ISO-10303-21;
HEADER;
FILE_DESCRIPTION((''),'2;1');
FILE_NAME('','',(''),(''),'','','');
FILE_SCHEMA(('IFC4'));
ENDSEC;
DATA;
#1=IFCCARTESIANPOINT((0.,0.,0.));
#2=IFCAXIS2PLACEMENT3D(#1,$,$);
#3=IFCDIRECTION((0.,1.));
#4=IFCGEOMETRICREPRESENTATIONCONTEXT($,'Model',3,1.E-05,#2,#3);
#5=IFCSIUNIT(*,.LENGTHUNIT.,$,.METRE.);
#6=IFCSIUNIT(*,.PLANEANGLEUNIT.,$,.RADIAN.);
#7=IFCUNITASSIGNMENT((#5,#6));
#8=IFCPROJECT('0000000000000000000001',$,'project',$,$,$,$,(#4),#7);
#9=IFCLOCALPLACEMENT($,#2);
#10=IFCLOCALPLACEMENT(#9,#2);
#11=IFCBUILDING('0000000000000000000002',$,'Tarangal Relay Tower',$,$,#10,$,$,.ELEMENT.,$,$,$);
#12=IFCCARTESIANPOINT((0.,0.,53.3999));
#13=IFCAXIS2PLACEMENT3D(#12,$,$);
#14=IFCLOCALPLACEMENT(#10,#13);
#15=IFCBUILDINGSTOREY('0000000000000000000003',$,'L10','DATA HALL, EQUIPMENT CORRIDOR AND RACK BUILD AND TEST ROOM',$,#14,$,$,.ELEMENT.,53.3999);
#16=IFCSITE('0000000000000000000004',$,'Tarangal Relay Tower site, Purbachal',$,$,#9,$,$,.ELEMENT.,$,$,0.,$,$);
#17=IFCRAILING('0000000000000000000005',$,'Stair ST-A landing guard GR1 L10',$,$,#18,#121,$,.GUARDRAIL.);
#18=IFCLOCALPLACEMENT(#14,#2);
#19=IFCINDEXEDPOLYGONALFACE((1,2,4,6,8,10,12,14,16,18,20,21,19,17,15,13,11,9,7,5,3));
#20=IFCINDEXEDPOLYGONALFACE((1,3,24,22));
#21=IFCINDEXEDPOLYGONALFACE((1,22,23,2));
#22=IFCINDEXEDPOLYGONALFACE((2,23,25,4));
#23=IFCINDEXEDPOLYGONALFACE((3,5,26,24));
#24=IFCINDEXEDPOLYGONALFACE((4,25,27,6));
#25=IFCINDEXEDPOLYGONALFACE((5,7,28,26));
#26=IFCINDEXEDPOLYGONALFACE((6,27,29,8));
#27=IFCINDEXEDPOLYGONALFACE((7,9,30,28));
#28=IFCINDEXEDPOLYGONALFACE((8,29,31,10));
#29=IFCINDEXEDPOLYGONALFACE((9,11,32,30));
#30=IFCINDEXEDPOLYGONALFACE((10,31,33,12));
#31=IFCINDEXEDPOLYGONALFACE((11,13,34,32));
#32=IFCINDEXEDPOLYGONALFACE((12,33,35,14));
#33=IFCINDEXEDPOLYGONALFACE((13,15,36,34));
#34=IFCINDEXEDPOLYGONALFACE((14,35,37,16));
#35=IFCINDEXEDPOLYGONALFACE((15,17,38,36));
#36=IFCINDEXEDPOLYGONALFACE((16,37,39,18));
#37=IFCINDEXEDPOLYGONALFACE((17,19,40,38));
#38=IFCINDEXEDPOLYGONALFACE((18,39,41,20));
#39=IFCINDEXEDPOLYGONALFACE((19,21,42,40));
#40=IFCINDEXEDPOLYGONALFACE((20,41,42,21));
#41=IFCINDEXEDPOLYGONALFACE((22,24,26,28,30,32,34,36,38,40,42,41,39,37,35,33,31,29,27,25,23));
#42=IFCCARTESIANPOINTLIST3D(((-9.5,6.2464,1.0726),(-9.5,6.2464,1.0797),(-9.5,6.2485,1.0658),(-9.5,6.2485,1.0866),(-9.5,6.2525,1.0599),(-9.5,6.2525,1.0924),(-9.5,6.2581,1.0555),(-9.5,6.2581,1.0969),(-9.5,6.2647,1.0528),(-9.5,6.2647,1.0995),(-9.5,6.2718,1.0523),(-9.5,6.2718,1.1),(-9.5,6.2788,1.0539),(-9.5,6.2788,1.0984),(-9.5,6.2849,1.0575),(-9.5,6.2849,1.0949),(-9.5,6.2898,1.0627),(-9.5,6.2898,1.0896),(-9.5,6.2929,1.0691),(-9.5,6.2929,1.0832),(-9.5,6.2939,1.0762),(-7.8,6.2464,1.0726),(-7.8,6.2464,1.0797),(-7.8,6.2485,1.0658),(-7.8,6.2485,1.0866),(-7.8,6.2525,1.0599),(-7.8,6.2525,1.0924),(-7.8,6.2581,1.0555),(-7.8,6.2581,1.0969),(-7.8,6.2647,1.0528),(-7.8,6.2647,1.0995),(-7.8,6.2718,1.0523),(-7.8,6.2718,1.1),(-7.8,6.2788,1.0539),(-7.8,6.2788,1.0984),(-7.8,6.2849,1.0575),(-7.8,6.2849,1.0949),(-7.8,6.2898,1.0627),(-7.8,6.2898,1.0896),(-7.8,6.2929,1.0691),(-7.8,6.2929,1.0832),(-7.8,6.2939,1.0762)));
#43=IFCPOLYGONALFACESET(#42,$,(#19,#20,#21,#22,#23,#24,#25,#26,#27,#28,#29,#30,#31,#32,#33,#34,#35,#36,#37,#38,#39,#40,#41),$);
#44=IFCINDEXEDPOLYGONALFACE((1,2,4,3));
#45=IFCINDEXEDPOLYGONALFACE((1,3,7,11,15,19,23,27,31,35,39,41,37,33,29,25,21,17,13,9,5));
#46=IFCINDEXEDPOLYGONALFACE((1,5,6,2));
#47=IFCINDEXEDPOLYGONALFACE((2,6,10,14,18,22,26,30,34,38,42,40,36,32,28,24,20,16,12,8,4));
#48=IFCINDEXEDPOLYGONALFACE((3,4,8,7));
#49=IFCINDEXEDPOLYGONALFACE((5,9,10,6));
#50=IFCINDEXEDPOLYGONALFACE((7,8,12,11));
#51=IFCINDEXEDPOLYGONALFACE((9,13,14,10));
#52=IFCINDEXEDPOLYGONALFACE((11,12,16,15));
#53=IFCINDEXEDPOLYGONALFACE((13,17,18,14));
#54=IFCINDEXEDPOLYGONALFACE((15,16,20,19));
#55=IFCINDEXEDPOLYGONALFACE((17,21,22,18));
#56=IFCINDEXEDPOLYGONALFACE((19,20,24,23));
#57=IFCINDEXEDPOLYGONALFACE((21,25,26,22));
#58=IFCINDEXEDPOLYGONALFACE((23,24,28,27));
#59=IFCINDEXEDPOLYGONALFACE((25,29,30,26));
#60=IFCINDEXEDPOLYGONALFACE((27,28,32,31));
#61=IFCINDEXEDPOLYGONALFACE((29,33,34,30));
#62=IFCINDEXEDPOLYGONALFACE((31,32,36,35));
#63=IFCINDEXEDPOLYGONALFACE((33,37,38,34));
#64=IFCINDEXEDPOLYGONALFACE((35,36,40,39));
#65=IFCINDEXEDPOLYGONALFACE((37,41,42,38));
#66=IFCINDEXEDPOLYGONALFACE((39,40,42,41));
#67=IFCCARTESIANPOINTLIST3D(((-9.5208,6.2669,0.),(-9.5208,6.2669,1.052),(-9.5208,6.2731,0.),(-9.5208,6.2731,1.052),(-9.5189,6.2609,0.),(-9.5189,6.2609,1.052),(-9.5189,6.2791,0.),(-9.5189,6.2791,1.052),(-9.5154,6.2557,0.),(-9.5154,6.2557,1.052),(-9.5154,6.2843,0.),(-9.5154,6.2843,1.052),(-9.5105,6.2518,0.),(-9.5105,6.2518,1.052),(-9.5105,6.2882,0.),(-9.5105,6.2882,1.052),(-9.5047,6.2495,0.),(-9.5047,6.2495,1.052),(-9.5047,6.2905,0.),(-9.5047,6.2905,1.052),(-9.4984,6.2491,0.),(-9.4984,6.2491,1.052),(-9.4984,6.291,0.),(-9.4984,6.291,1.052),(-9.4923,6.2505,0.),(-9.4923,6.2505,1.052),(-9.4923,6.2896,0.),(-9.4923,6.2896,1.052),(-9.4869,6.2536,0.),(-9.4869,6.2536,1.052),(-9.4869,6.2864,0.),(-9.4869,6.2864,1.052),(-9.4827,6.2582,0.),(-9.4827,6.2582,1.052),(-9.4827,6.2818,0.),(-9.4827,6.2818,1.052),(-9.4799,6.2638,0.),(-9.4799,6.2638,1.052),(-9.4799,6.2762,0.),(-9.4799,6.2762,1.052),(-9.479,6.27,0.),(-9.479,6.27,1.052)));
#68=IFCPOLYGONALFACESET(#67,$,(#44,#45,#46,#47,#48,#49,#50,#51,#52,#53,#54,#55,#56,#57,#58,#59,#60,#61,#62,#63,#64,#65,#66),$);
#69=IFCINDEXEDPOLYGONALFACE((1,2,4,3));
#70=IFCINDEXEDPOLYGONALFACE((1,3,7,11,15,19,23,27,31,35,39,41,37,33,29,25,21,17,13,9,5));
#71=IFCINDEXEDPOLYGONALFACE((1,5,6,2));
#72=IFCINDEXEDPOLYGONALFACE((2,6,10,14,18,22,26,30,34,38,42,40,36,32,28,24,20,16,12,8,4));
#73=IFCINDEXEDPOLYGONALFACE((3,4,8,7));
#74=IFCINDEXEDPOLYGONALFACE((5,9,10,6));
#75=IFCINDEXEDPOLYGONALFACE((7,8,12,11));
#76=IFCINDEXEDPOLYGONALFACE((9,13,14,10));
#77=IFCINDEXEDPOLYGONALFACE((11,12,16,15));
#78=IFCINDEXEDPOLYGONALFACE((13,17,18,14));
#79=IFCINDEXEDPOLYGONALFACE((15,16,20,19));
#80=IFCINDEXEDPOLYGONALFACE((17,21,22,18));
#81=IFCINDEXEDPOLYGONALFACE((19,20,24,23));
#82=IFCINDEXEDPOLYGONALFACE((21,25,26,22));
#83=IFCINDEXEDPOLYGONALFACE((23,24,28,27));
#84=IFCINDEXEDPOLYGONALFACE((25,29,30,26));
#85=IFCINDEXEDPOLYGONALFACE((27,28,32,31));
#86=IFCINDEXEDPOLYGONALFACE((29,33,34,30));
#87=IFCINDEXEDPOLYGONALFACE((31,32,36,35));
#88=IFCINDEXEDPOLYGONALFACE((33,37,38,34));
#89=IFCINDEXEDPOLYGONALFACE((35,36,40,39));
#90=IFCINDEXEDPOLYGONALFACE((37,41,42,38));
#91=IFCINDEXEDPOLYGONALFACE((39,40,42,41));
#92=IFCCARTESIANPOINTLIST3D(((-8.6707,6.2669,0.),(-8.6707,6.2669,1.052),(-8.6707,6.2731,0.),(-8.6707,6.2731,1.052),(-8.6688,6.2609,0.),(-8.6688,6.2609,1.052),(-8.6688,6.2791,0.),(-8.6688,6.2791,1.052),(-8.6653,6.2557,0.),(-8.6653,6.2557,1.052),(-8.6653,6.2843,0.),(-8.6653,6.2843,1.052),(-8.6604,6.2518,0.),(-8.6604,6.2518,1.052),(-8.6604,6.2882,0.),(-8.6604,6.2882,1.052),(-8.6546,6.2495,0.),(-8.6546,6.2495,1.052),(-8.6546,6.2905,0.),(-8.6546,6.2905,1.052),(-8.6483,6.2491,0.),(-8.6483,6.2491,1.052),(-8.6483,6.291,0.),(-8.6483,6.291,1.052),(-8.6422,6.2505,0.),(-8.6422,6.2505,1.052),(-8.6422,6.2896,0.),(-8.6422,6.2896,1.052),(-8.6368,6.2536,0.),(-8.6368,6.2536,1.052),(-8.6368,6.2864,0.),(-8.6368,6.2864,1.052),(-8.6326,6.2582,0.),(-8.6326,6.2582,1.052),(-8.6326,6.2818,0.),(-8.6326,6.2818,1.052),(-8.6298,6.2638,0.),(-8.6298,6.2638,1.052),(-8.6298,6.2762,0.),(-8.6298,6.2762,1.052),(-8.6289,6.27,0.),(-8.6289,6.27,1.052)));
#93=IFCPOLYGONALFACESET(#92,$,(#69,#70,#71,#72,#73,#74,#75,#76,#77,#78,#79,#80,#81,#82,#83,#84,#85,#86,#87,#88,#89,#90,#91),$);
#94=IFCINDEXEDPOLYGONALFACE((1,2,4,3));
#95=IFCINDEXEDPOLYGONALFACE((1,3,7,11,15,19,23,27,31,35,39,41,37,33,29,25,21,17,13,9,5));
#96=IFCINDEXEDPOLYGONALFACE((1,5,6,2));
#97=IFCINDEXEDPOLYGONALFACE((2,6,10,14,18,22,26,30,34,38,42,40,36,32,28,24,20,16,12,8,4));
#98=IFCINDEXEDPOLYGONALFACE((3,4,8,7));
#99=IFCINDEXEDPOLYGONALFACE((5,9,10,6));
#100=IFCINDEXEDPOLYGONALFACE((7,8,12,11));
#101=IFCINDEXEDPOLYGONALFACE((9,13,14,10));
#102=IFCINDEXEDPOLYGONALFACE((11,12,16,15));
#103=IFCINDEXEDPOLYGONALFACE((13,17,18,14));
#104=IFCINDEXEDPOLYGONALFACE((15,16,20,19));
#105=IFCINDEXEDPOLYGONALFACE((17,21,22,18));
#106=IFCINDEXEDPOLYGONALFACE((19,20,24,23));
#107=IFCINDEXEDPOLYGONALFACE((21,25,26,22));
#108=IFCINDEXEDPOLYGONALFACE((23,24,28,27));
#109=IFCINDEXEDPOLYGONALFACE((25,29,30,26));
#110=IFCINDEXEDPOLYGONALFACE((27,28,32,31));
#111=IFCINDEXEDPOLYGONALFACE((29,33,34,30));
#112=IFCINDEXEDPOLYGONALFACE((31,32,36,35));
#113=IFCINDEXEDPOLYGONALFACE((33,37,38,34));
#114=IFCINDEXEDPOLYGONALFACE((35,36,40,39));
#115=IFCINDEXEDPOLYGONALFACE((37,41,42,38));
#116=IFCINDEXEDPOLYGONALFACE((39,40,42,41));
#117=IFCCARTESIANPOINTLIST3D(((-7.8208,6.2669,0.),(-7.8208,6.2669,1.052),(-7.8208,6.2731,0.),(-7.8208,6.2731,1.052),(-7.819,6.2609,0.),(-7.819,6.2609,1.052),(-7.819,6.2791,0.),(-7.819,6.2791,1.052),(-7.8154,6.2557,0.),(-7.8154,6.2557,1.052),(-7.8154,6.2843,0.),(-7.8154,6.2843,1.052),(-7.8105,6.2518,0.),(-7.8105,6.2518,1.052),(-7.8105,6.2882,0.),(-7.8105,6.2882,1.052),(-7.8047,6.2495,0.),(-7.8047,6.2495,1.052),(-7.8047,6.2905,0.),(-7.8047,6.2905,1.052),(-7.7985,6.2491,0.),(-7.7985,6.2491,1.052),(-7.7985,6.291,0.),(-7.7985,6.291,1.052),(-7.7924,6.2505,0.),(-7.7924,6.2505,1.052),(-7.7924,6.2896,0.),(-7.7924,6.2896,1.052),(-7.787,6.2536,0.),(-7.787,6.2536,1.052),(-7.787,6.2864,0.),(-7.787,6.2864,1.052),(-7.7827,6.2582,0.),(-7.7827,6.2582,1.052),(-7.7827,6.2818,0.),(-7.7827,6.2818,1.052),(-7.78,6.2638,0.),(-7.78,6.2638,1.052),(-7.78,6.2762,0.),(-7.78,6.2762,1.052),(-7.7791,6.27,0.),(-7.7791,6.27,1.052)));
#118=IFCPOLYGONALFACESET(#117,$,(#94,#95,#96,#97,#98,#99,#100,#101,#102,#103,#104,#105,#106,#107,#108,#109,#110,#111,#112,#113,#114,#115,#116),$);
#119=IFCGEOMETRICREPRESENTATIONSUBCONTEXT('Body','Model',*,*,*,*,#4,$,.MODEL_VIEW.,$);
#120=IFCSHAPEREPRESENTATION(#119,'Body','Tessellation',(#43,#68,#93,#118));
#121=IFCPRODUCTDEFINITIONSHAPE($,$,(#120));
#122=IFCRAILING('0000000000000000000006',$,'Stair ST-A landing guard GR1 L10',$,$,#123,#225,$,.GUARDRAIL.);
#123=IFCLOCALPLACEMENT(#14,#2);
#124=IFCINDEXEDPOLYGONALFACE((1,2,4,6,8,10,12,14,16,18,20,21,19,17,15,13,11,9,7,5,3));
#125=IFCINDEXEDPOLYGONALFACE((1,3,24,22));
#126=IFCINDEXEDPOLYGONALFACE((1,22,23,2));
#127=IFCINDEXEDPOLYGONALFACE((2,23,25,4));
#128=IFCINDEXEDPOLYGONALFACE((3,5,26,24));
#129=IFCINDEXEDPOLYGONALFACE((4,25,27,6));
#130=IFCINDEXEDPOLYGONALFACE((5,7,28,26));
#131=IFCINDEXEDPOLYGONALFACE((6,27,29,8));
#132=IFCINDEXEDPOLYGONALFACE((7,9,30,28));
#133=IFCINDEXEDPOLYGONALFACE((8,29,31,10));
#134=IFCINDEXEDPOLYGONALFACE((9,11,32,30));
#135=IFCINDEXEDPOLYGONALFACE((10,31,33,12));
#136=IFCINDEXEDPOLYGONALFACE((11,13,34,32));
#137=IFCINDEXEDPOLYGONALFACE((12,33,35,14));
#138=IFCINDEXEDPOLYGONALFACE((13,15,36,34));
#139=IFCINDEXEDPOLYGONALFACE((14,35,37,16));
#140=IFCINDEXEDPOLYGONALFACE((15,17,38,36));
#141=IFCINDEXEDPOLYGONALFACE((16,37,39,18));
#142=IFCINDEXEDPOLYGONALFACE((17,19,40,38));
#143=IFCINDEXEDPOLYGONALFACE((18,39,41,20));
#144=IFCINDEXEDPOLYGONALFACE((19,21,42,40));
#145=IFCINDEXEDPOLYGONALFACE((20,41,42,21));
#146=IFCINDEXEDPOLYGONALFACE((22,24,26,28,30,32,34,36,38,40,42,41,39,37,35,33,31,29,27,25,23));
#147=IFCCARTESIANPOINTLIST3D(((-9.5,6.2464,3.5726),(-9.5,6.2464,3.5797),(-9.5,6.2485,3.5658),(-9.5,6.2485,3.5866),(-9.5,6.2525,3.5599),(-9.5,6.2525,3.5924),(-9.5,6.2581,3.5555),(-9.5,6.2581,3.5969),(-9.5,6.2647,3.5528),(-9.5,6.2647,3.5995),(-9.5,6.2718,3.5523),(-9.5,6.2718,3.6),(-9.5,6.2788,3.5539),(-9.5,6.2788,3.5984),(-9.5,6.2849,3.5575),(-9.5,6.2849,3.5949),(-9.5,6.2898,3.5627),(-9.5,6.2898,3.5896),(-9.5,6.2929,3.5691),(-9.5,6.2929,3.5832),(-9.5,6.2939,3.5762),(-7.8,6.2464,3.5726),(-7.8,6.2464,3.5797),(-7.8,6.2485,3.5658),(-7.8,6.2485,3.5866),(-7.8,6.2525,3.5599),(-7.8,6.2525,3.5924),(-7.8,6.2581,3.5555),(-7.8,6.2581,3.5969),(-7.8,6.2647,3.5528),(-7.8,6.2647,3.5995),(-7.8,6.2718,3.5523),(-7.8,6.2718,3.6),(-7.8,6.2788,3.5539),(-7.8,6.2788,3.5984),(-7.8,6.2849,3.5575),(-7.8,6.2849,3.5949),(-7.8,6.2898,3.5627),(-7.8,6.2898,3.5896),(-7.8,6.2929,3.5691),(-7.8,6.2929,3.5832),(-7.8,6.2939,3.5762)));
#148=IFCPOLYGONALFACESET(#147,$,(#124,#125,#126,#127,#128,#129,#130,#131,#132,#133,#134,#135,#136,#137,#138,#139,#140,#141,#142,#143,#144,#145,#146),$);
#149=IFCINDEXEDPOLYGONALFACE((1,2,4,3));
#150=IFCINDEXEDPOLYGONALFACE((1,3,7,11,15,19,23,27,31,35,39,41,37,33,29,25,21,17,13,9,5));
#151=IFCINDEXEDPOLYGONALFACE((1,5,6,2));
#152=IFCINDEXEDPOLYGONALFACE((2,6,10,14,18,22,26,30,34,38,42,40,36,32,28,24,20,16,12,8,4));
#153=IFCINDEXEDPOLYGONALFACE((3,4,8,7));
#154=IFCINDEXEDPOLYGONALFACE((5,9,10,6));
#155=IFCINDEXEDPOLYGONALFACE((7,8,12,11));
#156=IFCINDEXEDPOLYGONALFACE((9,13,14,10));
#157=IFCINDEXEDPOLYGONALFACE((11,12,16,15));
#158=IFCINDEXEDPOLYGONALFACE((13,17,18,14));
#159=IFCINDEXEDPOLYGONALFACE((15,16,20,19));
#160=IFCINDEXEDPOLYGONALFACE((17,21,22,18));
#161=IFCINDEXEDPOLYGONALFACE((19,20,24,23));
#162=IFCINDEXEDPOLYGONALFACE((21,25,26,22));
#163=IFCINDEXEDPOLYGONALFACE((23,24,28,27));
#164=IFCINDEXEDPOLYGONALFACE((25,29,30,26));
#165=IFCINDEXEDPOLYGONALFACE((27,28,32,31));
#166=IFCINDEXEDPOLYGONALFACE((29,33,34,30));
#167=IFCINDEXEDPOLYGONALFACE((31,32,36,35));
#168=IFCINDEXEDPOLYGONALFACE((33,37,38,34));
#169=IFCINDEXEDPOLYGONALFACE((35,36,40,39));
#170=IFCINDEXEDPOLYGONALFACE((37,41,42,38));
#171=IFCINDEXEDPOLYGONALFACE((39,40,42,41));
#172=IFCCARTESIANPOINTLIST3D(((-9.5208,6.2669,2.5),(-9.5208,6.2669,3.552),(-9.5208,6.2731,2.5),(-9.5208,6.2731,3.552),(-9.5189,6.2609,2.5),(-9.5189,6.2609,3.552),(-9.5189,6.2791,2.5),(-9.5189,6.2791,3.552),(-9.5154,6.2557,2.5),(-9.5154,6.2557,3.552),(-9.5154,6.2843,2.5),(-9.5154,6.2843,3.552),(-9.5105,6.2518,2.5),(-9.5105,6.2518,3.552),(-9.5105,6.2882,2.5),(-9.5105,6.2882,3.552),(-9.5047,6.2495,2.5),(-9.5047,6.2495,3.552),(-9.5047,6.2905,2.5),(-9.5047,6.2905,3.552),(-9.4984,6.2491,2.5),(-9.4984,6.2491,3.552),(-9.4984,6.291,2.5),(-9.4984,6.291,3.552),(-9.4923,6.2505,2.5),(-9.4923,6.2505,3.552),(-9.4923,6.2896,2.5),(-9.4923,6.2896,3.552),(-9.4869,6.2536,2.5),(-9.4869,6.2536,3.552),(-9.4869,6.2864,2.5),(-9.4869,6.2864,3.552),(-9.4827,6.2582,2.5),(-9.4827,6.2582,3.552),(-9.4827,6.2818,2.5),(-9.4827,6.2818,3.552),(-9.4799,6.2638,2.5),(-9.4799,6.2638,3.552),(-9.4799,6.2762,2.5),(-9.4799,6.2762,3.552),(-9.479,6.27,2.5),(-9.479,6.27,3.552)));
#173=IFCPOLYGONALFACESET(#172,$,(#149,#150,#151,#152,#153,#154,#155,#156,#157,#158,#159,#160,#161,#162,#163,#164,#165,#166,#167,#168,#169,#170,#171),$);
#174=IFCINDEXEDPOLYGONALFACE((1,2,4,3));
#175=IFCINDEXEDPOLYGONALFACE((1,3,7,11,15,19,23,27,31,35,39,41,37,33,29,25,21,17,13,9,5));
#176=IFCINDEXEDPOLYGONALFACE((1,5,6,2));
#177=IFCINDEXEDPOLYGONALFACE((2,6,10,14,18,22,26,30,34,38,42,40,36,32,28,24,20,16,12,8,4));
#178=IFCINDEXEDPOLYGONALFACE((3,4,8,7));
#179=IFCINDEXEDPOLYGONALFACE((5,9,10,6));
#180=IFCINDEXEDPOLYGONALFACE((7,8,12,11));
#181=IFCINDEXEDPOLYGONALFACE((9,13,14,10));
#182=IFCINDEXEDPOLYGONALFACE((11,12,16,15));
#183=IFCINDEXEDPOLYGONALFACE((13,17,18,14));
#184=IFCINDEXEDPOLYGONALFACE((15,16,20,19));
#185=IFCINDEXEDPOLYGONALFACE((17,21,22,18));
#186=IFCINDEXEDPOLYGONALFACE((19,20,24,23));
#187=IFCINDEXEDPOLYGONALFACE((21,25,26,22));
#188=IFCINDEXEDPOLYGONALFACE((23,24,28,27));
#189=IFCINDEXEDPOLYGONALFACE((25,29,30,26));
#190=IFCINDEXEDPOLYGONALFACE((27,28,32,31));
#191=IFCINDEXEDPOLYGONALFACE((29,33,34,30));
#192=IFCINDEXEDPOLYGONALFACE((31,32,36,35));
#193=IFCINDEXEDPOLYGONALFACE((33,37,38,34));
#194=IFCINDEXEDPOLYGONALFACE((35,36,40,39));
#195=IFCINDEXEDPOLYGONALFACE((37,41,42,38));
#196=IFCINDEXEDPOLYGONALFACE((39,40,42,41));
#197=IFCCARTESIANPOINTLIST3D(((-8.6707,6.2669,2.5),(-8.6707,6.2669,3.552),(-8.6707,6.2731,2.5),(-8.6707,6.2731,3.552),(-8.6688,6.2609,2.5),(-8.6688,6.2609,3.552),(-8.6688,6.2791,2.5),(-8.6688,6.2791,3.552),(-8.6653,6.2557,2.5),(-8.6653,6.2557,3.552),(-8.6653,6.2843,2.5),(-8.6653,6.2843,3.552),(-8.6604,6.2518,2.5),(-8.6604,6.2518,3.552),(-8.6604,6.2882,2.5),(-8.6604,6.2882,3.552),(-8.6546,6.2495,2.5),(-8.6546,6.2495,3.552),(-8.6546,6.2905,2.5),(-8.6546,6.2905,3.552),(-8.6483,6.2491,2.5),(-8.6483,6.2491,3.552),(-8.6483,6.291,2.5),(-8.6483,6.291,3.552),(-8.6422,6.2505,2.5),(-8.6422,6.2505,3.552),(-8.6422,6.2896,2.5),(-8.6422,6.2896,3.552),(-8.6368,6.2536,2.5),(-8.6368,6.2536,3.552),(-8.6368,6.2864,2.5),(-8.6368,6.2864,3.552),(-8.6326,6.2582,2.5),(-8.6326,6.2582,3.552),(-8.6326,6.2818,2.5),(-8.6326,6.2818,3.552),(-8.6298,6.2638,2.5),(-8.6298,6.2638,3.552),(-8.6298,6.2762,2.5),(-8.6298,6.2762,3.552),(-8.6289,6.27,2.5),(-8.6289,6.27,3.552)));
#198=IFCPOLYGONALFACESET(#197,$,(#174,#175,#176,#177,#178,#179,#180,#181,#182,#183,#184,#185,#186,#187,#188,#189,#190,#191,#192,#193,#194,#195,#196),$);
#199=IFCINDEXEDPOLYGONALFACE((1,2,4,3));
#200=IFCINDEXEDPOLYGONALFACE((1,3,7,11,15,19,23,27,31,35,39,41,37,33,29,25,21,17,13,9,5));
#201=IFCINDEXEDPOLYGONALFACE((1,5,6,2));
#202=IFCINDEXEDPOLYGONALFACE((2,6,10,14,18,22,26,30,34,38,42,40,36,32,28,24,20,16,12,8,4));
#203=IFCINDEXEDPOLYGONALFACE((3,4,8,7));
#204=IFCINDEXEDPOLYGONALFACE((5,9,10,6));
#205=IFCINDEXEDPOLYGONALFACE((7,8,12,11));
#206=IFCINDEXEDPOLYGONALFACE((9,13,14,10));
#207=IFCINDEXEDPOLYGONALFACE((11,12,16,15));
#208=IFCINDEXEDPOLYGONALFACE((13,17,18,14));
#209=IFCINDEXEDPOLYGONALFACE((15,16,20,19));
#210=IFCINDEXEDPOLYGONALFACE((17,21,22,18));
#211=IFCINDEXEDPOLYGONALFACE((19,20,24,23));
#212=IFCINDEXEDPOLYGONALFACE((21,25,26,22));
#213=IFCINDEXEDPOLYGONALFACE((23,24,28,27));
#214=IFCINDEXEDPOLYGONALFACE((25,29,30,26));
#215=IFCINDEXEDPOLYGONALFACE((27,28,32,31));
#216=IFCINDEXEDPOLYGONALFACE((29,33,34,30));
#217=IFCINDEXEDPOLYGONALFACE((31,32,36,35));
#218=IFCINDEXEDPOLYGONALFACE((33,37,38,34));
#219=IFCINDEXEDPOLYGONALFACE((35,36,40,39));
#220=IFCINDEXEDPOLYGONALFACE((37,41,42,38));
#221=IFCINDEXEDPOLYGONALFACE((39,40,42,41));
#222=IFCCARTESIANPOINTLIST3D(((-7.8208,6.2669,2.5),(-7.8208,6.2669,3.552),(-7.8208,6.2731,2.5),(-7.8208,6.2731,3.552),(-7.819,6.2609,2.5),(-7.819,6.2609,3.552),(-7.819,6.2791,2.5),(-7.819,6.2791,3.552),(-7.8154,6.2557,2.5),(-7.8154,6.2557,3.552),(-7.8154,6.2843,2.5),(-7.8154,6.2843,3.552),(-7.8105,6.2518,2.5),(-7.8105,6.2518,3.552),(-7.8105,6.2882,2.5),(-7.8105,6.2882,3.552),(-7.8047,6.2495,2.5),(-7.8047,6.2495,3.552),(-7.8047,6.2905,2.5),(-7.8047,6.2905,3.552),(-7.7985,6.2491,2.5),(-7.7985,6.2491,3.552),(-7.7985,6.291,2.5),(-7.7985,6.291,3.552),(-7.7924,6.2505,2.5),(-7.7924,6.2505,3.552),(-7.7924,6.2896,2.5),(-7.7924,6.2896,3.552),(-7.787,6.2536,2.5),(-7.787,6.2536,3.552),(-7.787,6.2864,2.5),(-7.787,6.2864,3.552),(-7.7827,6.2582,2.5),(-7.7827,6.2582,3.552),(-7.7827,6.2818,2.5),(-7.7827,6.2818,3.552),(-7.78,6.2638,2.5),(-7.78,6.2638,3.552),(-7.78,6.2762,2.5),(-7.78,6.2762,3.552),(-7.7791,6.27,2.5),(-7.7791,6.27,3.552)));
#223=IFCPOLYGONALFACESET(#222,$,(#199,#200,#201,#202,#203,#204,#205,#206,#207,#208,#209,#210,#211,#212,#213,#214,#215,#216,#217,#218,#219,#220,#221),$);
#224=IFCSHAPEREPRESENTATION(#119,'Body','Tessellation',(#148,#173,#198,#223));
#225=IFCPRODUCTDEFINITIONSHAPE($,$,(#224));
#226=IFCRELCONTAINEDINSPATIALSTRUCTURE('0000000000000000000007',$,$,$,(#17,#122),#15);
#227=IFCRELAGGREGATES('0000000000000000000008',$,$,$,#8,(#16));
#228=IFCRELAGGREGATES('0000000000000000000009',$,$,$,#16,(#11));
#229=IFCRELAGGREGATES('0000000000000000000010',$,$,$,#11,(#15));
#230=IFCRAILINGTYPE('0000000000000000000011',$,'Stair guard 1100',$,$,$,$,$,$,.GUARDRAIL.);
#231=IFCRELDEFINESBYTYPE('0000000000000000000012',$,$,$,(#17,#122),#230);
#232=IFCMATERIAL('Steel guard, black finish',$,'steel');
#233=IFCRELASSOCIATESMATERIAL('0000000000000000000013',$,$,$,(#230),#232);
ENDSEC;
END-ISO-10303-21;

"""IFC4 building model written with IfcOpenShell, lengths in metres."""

from ifc_helpers import new_model, si_unit, direction, frame, origin, origin_2d, place, context, subcontext, project, spatial, circle, extrude, material, type_object, element, save


model = new_model("IFC4")

# Units and contexts
model_context = context("Model", 3, precision=1e-05, world=origin(), true_north=direction((0.0, 1.0)))
body_context = subcontext(model_context, "Body", "Model", "MODEL_VIEW")
ifc_project = project(units=[si_unit("LENGTHUNIT", "METRE"), si_unit("PLANEANGLEUNIT", "RADIAN")], contexts=[model_context])

# Site, building, storey
site_placement = place(None, origin())
site = spatial("IfcSite", under=ifc_project, at=site_placement, Name="Tarangal Relay Tower site, Purbachal", CompositionType="ELEMENT", RefElevation=0.0)
building_placement = place(site_placement, origin())
building = spatial("IfcBuilding", under=site, at=building_placement, Name="Tarangal Relay Tower", CompositionType="ELEMENT")
storey_placement = place(building_placement, frame((0.0, 0.0, 53.3999)))
storey = spatial("IfcBuildingStorey", under=building, at=storey_placement, Name="L10", Description="DATA HALL, EQUIPMENT CORRIDOR AND RACK BUILD AND TEST ROOM", CompositionType="ELEMENT", Elevation=53.3999)

# Railings
ifc_material_1 = material(Name="Steel guard, black finish", Category="steel")
railing_type = type_object("IfcRailingType", Name="Stair guard 1100", PredefinedType="GUARDRAIL", material=ifc_material_1)
for number, where, name in (
    (1, (-9.5, 6.27, 0.0), "Stair ST-A landing guard GR1 L10"),
    (2, (-9.5, 6.27, 2.5), "Stair ST-A landing guard GR1 L10"),
):
    element("IfcRailing", number, at=place(storey_placement, frame(where)), inside=storey, type_object=railing_type, Name=name, PredefinedType="GUARDRAIL", context=body_context, shape_type="SweptSolid", body=[
        extrude(circle(Radius=0.0239, at=origin_2d()), frame((0.0, 0.0, 1.0762), z_axis=(1.0, 0.0, 0.0), x_axis=(0.0, 1.0, 0.0)), (0.0, 0.0, 1.0), 1.7),
        extrude(circle(Radius=0.021, at=origin_2d()), origin(), (0.0, 0.0, 1.0), 1.052),
        extrude(circle(Radius=0.021, at=origin_2d()), frame((0.8501, 0.0, 0.0)), (0.0, 0.0, 1.0), 1.052),
        extrude(circle(Radius=0.021, at=origin_2d()), frame((1.7, 0.0, 0.0)), (0.0, 0.0, 1.0), 1.052),
    ])

save(model, "model.ifc")
